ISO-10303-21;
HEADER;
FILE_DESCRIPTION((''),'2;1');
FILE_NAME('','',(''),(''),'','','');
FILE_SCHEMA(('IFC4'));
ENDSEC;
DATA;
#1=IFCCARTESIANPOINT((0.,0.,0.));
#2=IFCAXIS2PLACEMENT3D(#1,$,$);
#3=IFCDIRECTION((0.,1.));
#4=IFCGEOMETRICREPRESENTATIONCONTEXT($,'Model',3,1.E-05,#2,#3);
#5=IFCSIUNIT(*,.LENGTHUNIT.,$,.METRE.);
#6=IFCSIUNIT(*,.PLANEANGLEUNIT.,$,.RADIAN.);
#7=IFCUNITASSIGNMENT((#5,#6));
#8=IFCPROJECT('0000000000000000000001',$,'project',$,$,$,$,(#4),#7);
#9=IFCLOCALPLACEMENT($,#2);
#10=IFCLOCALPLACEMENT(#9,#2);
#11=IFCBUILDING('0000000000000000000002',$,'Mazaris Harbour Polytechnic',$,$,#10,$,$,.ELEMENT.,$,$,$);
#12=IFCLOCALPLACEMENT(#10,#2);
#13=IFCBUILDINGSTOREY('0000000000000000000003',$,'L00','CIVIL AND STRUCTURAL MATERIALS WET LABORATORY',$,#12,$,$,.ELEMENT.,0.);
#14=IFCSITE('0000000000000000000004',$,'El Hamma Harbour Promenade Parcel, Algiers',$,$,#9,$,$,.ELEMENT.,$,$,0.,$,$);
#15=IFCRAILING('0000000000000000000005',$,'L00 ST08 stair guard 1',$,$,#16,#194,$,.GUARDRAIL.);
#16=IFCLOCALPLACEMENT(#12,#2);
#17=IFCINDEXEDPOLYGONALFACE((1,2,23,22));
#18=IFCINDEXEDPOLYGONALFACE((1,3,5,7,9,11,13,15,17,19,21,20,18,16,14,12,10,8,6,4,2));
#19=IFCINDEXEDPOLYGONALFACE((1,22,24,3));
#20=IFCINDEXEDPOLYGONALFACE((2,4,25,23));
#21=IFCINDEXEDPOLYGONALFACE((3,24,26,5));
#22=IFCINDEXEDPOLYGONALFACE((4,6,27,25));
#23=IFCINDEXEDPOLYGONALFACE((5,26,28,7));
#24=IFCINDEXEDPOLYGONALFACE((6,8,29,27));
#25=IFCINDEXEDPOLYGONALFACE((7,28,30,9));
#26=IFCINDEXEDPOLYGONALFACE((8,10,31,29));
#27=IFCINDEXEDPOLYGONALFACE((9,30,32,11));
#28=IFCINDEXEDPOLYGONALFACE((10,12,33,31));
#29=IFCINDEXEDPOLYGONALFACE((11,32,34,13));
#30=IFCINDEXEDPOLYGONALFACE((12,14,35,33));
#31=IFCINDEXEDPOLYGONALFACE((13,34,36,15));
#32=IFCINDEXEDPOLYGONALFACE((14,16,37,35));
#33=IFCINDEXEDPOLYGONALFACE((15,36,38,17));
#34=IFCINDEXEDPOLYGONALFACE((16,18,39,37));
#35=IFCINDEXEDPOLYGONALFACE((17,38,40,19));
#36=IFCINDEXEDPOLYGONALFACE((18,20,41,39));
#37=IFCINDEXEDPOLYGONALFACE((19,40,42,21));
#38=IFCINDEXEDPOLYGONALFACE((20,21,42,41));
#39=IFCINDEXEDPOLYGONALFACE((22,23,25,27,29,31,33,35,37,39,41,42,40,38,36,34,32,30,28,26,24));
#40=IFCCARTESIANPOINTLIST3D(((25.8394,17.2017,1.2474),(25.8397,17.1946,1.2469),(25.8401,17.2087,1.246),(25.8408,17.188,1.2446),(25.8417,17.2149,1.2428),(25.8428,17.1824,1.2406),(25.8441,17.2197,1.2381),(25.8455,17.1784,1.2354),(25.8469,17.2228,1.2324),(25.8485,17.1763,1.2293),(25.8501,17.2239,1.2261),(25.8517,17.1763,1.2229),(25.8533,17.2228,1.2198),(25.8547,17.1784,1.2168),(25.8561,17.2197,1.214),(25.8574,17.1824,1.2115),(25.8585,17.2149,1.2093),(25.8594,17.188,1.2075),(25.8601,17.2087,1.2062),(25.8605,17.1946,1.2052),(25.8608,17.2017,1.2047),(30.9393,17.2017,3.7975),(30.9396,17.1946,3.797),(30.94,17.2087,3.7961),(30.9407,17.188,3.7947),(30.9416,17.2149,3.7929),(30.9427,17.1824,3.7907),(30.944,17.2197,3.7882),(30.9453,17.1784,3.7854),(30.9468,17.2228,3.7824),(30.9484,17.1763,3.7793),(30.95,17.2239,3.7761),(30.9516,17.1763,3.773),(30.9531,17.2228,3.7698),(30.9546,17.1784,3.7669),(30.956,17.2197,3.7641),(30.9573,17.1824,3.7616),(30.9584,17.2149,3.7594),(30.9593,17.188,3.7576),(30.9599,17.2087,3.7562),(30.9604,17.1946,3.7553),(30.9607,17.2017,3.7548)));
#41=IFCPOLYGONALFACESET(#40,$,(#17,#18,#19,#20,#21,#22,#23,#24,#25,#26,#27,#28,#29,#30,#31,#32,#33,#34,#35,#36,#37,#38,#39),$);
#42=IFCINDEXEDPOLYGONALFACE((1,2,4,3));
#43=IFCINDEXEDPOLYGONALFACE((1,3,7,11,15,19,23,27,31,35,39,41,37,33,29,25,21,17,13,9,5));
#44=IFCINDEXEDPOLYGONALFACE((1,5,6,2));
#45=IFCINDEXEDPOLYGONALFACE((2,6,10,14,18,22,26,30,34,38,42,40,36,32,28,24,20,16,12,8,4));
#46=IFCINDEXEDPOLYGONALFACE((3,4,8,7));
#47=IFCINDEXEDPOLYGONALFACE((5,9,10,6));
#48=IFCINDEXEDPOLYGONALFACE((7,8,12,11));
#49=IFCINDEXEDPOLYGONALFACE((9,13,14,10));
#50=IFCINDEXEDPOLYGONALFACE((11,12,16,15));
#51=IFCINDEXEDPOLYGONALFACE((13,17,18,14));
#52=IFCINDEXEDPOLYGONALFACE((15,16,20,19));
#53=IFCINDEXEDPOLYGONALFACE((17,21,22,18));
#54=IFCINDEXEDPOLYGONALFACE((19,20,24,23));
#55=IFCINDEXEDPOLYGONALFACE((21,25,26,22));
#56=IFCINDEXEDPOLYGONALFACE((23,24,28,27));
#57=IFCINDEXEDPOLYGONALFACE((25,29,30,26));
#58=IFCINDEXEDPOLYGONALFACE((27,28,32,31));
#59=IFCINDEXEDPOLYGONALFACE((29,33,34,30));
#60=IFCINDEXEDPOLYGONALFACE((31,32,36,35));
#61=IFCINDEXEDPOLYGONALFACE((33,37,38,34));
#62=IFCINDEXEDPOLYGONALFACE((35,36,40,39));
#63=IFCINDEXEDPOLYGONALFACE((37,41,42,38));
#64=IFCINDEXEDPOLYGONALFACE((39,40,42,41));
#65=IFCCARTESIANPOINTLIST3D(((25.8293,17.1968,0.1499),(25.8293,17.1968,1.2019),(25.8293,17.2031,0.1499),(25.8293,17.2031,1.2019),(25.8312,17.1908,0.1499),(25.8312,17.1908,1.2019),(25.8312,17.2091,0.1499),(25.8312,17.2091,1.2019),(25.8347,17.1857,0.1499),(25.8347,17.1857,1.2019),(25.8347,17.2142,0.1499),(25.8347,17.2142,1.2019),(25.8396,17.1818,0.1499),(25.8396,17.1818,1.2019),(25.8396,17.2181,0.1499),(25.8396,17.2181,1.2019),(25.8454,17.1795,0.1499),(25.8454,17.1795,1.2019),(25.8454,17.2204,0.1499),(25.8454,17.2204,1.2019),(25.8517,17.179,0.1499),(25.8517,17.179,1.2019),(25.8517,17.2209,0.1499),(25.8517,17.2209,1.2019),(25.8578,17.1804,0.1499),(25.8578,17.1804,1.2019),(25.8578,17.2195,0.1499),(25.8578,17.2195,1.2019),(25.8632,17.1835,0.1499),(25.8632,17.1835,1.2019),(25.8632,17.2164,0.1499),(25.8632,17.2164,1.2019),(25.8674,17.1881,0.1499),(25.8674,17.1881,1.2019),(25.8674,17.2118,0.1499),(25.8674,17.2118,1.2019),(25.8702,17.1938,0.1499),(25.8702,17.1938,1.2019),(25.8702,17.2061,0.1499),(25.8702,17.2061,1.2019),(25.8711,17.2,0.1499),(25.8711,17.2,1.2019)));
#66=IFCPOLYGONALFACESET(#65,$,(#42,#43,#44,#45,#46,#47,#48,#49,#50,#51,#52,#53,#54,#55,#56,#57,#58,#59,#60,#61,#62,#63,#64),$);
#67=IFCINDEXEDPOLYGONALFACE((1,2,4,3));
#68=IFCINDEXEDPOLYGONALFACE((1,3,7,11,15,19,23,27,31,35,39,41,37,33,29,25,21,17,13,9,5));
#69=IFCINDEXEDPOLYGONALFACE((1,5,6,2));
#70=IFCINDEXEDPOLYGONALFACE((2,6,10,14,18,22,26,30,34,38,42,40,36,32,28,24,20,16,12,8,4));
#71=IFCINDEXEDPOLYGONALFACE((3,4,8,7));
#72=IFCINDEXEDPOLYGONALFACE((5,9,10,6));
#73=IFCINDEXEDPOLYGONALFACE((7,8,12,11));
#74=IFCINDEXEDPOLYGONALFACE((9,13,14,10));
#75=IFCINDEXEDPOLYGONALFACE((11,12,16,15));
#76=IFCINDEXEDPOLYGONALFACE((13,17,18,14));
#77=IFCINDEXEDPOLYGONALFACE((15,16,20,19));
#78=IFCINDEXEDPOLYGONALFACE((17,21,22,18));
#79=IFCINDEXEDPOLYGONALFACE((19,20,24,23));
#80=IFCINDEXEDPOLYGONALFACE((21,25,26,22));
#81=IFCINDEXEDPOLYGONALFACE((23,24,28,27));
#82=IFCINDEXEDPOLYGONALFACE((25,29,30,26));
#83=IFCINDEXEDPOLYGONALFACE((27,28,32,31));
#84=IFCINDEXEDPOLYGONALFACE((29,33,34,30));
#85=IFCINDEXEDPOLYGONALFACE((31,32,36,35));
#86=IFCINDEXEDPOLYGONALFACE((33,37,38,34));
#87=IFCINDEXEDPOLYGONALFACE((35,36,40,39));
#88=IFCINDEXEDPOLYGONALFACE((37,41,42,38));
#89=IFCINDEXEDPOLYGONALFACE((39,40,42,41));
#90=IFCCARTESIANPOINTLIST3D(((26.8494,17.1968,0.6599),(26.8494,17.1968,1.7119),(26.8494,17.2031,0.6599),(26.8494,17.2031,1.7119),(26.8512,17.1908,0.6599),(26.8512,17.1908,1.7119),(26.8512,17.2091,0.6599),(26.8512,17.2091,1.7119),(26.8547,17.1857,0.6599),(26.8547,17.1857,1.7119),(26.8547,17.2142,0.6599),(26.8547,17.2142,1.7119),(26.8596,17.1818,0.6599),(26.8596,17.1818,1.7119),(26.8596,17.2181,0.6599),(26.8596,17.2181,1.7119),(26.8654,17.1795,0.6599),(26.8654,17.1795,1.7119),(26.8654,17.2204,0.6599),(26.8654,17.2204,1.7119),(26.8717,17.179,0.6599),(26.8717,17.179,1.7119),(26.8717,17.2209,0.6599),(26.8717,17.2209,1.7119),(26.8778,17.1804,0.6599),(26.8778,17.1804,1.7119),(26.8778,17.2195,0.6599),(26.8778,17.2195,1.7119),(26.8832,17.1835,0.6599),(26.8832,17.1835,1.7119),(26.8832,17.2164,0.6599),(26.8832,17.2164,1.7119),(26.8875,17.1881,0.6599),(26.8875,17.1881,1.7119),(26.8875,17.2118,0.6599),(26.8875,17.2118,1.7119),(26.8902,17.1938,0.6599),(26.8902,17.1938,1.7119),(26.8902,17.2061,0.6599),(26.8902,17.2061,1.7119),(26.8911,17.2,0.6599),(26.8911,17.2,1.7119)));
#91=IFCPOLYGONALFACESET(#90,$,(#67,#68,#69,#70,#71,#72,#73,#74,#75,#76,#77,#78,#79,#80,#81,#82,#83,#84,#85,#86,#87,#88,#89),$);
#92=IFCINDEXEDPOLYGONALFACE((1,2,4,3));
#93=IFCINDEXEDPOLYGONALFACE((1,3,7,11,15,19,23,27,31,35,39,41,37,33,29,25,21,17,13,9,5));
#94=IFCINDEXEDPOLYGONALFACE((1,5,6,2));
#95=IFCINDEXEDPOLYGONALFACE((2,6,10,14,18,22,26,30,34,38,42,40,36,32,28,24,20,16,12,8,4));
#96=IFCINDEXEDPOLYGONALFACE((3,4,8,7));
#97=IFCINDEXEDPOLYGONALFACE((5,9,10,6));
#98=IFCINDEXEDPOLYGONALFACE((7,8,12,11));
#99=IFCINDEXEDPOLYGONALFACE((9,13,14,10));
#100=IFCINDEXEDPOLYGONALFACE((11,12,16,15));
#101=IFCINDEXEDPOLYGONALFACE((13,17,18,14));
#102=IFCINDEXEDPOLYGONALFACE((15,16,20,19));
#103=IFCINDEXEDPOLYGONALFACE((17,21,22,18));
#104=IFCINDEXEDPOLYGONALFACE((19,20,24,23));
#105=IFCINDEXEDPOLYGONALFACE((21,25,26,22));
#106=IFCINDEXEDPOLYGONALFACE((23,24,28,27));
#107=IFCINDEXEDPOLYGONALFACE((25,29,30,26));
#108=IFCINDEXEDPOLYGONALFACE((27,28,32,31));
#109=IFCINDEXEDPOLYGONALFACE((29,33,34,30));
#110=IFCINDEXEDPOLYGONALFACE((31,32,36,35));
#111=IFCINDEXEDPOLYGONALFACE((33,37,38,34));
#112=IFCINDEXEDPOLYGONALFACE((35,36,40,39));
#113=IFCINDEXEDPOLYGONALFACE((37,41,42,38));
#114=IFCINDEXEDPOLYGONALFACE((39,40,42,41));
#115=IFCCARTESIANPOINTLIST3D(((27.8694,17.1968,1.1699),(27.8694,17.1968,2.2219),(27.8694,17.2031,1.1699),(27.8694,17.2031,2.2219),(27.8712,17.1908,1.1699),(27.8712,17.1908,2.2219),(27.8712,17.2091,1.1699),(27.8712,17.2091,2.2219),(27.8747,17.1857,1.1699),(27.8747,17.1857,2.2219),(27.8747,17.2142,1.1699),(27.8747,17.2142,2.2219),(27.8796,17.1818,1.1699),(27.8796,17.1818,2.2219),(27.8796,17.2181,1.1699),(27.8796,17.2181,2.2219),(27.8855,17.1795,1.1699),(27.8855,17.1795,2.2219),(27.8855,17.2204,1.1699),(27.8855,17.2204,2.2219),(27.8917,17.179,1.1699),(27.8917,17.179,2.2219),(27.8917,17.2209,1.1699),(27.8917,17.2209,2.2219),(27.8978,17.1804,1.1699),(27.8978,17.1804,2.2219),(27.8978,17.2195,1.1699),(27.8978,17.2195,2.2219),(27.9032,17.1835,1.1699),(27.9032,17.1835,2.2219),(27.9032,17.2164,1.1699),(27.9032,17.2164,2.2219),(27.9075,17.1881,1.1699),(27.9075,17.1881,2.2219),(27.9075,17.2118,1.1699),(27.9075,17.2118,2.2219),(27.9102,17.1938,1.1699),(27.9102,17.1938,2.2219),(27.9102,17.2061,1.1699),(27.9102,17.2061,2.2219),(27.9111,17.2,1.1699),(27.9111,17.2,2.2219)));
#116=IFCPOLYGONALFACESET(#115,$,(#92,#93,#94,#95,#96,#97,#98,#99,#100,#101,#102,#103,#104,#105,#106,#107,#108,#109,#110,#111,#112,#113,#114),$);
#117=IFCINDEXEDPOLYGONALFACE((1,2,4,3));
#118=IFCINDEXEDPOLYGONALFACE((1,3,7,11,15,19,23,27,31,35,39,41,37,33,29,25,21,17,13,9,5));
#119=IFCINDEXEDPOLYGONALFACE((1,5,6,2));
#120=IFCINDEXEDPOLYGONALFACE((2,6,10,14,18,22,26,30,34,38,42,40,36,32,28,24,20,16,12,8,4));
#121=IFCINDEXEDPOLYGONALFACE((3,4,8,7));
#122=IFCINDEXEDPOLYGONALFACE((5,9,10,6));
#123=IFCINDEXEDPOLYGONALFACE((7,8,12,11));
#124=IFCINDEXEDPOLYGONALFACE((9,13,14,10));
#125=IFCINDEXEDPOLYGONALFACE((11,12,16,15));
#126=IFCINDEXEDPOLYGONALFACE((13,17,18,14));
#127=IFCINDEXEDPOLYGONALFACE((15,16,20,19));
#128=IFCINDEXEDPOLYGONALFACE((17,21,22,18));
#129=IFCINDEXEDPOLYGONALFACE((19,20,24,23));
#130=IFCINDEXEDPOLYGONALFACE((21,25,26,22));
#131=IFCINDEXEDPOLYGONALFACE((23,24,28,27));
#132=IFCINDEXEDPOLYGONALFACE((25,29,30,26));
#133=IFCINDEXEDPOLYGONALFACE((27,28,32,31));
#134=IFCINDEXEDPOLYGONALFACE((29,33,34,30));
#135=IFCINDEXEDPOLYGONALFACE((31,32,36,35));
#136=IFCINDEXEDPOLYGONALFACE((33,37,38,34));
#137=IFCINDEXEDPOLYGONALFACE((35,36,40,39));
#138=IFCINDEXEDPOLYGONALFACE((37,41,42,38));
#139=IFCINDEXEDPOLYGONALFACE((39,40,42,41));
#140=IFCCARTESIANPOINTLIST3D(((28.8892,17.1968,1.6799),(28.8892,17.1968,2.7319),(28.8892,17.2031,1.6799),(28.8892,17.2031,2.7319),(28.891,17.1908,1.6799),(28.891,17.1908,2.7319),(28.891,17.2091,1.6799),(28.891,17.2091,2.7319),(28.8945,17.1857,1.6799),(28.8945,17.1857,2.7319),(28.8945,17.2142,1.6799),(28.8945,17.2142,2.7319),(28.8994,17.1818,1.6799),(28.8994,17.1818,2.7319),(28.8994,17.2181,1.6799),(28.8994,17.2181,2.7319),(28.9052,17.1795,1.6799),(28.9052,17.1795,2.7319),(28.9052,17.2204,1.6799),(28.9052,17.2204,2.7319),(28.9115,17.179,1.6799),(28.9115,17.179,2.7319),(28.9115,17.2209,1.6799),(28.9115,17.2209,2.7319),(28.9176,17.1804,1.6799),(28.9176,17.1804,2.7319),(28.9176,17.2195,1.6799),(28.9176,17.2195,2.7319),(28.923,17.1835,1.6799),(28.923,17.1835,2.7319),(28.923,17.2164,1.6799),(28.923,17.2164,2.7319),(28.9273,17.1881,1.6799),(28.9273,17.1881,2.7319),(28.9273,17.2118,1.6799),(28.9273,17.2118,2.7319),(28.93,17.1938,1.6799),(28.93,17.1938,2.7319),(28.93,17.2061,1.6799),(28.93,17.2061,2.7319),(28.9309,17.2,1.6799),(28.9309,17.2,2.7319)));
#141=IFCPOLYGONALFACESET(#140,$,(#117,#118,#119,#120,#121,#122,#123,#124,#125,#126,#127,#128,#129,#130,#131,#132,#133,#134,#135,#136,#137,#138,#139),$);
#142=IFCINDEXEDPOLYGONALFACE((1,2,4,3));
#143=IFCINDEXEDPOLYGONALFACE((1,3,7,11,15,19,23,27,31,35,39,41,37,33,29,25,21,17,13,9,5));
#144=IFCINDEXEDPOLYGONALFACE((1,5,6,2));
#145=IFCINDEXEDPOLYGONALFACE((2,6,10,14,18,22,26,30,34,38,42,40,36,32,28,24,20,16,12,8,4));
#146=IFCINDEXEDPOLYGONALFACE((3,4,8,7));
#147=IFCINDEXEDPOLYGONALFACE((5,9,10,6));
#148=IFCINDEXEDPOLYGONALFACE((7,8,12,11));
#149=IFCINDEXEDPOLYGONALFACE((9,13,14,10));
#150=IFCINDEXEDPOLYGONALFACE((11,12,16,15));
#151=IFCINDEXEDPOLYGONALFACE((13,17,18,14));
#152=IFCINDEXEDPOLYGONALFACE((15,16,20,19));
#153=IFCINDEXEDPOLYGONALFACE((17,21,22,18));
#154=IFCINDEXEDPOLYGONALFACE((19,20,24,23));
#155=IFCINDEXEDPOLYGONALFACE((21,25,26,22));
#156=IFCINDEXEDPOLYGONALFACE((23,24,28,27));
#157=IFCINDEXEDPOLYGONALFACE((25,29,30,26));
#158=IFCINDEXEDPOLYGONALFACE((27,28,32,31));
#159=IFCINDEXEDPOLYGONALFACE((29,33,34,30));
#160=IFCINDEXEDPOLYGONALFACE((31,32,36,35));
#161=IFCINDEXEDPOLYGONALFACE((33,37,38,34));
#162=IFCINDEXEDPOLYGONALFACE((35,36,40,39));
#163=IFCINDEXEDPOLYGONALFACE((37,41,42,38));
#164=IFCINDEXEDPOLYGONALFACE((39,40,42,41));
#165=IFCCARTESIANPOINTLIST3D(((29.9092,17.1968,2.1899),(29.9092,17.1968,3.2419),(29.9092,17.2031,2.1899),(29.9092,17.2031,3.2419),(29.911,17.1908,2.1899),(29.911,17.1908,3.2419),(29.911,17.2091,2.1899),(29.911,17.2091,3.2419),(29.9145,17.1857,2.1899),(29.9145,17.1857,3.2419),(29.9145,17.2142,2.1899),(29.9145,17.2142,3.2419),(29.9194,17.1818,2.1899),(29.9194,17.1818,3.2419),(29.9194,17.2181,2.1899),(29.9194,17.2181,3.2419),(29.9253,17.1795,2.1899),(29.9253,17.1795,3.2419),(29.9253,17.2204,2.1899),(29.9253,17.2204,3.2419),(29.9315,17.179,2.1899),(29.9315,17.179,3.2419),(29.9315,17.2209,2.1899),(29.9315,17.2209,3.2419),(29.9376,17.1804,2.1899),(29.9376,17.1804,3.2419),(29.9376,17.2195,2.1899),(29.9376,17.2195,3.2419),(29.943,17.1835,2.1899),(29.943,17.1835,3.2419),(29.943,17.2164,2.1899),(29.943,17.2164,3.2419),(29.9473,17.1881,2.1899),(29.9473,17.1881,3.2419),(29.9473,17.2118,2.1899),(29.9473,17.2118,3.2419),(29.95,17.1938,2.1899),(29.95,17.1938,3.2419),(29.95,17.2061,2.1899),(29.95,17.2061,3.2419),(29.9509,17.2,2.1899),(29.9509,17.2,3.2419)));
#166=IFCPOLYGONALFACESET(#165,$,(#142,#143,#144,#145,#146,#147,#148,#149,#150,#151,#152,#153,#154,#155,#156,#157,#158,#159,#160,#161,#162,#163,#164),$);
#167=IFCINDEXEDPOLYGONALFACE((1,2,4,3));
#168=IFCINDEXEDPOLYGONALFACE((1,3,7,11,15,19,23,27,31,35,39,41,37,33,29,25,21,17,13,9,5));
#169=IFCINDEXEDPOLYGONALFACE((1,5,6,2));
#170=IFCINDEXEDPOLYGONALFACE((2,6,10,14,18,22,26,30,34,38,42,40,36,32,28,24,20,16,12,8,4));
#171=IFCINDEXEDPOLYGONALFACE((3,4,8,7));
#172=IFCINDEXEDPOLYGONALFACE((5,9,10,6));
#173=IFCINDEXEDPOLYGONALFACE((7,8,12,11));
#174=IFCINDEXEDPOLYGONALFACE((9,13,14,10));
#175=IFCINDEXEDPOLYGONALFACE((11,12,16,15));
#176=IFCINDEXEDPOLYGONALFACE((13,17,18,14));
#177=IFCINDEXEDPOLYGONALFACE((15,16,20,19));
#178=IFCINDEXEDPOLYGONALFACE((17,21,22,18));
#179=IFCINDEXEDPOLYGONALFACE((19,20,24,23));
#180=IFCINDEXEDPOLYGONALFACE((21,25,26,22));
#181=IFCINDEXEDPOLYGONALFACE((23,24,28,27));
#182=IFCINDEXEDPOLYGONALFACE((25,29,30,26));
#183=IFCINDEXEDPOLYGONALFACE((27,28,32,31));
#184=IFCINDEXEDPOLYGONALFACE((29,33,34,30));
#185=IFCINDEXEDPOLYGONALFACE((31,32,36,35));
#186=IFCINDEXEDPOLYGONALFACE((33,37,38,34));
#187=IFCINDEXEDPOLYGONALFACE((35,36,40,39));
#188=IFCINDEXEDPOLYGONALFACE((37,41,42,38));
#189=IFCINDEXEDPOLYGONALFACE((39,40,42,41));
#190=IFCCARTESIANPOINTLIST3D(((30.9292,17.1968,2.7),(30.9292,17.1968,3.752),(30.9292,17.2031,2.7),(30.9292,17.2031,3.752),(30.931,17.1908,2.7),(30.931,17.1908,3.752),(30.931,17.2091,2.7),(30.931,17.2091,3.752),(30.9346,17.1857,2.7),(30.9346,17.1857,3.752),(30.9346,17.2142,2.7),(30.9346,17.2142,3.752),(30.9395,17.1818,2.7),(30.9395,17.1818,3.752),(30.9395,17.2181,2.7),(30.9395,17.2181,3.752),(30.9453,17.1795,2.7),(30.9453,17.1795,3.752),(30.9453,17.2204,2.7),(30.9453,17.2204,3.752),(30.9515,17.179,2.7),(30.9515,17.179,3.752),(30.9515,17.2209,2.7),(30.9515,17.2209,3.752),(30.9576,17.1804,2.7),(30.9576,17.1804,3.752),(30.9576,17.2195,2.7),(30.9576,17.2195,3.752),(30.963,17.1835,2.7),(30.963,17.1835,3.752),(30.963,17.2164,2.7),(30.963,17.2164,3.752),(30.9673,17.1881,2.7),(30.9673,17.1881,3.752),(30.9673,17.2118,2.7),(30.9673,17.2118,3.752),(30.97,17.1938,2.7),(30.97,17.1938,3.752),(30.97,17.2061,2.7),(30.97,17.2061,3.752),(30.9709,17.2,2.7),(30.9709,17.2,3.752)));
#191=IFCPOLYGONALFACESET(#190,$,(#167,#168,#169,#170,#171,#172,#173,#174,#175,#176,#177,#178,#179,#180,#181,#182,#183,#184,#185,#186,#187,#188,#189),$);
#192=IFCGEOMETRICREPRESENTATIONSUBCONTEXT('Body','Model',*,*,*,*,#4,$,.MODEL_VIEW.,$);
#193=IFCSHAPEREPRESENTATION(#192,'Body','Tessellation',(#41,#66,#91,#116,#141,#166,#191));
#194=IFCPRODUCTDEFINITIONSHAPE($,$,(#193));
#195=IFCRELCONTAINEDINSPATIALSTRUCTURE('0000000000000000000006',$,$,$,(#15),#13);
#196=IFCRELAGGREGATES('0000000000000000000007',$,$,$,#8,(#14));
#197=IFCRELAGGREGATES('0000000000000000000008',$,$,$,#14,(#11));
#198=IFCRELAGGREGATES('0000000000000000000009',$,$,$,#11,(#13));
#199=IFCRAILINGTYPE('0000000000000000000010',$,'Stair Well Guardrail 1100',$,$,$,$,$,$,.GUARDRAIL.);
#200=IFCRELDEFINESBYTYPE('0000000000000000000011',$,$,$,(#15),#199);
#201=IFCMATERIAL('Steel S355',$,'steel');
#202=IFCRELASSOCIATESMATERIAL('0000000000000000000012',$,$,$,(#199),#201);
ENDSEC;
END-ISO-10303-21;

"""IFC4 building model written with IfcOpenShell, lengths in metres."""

from ifc_helpers import new_model, si_unit, direction, frame, origin, origin_2d, place, context, subcontext, project, spatial, circle, extrude, material, type_object, element, save


model = new_model("IFC4")

# Units and contexts
model_context = context("Model", 3, precision=1e-05, world=origin(), true_north=direction((0.0, 1.0)))
body_context = subcontext(model_context, "Body", "Model", "MODEL_VIEW")
ifc_project = project(units=[si_unit("LENGTHUNIT", "METRE"), si_unit("PLANEANGLEUNIT", "RADIAN")], contexts=[model_context])

# Site, building, storey
site_placement = place(None, origin())
site = spatial("IfcSite", under=ifc_project, at=site_placement, Name="El Hamma Harbour Promenade Parcel, Algiers", CompositionType="ELEMENT", RefElevation=0.0)
building_placement = place(site_placement, origin())
building = spatial("IfcBuilding", under=site, at=building_placement, Name="Mazaris Harbour Polytechnic", CompositionType="ELEMENT")
storey_placement = place(building_placement, origin())
storey = spatial("IfcBuildingStorey", under=building, at=storey_placement, Name="L00", Description="CIVIL AND STRUCTURAL MATERIALS WET LABORATORY", CompositionType="ELEMENT", Elevation=0.0)

# Railing
ifc_material_1 = material(Name="Steel S355", Category="steel")
railing_type_1 = type_object("IfcRailingType", Name="Stair Well Guardrail 1100", PredefinedType="GUARDRAIL", material=ifc_material_1)
railing_1_placement = place(storey_placement, frame((25.8501, 17.2, 0.1499)))
element("IfcRailing", 1, at=railing_1_placement, inside=storey, type_object=railing_type_1, Name="L00 ST08 stair guard 1", PredefinedType="GUARDRAIL", context=body_context, shape_type="SweptSolid", body=[
    extrude(circle(Radius=0.0239, at=origin_2d()), frame((0.0, 0.0, 1.0762), z_axis=(0.894419, 0.0, 0.447231), x_axis=(0.0, 1.0, 0.0)), (0.0, 0.0, 1.0), 5.7019),
    extrude(circle(Radius=0.021, at=origin_2d()), origin(), (0.0, 0.0, 1.0), 1.052),
    extrude(circle(Radius=0.021, at=origin_2d()), frame((1.02, 0.0, 0.51)), (0.0, 0.0, 1.0), 1.052),
    extrude(circle(Radius=0.021, at=origin_2d()), frame((2.04, 0.0, 1.02)), (0.0, 0.0, 1.0), 1.052),
    extrude(circle(Radius=0.021, at=origin_2d()), frame((3.0598, 0.0, 1.53)), (0.0, 0.0, 1.0), 1.052),
    extrude(circle(Radius=0.021, at=origin_2d()), frame((4.0798, 0.0, 2.04)), (0.0, 0.0, 1.0), 1.052),
    extrude(circle(Radius=0.021, at=origin_2d()), frame((5.0999, 0.0, 2.55)), (0.0, 0.0, 1.0), 1.052),
])

save(model, "model.ifc")
